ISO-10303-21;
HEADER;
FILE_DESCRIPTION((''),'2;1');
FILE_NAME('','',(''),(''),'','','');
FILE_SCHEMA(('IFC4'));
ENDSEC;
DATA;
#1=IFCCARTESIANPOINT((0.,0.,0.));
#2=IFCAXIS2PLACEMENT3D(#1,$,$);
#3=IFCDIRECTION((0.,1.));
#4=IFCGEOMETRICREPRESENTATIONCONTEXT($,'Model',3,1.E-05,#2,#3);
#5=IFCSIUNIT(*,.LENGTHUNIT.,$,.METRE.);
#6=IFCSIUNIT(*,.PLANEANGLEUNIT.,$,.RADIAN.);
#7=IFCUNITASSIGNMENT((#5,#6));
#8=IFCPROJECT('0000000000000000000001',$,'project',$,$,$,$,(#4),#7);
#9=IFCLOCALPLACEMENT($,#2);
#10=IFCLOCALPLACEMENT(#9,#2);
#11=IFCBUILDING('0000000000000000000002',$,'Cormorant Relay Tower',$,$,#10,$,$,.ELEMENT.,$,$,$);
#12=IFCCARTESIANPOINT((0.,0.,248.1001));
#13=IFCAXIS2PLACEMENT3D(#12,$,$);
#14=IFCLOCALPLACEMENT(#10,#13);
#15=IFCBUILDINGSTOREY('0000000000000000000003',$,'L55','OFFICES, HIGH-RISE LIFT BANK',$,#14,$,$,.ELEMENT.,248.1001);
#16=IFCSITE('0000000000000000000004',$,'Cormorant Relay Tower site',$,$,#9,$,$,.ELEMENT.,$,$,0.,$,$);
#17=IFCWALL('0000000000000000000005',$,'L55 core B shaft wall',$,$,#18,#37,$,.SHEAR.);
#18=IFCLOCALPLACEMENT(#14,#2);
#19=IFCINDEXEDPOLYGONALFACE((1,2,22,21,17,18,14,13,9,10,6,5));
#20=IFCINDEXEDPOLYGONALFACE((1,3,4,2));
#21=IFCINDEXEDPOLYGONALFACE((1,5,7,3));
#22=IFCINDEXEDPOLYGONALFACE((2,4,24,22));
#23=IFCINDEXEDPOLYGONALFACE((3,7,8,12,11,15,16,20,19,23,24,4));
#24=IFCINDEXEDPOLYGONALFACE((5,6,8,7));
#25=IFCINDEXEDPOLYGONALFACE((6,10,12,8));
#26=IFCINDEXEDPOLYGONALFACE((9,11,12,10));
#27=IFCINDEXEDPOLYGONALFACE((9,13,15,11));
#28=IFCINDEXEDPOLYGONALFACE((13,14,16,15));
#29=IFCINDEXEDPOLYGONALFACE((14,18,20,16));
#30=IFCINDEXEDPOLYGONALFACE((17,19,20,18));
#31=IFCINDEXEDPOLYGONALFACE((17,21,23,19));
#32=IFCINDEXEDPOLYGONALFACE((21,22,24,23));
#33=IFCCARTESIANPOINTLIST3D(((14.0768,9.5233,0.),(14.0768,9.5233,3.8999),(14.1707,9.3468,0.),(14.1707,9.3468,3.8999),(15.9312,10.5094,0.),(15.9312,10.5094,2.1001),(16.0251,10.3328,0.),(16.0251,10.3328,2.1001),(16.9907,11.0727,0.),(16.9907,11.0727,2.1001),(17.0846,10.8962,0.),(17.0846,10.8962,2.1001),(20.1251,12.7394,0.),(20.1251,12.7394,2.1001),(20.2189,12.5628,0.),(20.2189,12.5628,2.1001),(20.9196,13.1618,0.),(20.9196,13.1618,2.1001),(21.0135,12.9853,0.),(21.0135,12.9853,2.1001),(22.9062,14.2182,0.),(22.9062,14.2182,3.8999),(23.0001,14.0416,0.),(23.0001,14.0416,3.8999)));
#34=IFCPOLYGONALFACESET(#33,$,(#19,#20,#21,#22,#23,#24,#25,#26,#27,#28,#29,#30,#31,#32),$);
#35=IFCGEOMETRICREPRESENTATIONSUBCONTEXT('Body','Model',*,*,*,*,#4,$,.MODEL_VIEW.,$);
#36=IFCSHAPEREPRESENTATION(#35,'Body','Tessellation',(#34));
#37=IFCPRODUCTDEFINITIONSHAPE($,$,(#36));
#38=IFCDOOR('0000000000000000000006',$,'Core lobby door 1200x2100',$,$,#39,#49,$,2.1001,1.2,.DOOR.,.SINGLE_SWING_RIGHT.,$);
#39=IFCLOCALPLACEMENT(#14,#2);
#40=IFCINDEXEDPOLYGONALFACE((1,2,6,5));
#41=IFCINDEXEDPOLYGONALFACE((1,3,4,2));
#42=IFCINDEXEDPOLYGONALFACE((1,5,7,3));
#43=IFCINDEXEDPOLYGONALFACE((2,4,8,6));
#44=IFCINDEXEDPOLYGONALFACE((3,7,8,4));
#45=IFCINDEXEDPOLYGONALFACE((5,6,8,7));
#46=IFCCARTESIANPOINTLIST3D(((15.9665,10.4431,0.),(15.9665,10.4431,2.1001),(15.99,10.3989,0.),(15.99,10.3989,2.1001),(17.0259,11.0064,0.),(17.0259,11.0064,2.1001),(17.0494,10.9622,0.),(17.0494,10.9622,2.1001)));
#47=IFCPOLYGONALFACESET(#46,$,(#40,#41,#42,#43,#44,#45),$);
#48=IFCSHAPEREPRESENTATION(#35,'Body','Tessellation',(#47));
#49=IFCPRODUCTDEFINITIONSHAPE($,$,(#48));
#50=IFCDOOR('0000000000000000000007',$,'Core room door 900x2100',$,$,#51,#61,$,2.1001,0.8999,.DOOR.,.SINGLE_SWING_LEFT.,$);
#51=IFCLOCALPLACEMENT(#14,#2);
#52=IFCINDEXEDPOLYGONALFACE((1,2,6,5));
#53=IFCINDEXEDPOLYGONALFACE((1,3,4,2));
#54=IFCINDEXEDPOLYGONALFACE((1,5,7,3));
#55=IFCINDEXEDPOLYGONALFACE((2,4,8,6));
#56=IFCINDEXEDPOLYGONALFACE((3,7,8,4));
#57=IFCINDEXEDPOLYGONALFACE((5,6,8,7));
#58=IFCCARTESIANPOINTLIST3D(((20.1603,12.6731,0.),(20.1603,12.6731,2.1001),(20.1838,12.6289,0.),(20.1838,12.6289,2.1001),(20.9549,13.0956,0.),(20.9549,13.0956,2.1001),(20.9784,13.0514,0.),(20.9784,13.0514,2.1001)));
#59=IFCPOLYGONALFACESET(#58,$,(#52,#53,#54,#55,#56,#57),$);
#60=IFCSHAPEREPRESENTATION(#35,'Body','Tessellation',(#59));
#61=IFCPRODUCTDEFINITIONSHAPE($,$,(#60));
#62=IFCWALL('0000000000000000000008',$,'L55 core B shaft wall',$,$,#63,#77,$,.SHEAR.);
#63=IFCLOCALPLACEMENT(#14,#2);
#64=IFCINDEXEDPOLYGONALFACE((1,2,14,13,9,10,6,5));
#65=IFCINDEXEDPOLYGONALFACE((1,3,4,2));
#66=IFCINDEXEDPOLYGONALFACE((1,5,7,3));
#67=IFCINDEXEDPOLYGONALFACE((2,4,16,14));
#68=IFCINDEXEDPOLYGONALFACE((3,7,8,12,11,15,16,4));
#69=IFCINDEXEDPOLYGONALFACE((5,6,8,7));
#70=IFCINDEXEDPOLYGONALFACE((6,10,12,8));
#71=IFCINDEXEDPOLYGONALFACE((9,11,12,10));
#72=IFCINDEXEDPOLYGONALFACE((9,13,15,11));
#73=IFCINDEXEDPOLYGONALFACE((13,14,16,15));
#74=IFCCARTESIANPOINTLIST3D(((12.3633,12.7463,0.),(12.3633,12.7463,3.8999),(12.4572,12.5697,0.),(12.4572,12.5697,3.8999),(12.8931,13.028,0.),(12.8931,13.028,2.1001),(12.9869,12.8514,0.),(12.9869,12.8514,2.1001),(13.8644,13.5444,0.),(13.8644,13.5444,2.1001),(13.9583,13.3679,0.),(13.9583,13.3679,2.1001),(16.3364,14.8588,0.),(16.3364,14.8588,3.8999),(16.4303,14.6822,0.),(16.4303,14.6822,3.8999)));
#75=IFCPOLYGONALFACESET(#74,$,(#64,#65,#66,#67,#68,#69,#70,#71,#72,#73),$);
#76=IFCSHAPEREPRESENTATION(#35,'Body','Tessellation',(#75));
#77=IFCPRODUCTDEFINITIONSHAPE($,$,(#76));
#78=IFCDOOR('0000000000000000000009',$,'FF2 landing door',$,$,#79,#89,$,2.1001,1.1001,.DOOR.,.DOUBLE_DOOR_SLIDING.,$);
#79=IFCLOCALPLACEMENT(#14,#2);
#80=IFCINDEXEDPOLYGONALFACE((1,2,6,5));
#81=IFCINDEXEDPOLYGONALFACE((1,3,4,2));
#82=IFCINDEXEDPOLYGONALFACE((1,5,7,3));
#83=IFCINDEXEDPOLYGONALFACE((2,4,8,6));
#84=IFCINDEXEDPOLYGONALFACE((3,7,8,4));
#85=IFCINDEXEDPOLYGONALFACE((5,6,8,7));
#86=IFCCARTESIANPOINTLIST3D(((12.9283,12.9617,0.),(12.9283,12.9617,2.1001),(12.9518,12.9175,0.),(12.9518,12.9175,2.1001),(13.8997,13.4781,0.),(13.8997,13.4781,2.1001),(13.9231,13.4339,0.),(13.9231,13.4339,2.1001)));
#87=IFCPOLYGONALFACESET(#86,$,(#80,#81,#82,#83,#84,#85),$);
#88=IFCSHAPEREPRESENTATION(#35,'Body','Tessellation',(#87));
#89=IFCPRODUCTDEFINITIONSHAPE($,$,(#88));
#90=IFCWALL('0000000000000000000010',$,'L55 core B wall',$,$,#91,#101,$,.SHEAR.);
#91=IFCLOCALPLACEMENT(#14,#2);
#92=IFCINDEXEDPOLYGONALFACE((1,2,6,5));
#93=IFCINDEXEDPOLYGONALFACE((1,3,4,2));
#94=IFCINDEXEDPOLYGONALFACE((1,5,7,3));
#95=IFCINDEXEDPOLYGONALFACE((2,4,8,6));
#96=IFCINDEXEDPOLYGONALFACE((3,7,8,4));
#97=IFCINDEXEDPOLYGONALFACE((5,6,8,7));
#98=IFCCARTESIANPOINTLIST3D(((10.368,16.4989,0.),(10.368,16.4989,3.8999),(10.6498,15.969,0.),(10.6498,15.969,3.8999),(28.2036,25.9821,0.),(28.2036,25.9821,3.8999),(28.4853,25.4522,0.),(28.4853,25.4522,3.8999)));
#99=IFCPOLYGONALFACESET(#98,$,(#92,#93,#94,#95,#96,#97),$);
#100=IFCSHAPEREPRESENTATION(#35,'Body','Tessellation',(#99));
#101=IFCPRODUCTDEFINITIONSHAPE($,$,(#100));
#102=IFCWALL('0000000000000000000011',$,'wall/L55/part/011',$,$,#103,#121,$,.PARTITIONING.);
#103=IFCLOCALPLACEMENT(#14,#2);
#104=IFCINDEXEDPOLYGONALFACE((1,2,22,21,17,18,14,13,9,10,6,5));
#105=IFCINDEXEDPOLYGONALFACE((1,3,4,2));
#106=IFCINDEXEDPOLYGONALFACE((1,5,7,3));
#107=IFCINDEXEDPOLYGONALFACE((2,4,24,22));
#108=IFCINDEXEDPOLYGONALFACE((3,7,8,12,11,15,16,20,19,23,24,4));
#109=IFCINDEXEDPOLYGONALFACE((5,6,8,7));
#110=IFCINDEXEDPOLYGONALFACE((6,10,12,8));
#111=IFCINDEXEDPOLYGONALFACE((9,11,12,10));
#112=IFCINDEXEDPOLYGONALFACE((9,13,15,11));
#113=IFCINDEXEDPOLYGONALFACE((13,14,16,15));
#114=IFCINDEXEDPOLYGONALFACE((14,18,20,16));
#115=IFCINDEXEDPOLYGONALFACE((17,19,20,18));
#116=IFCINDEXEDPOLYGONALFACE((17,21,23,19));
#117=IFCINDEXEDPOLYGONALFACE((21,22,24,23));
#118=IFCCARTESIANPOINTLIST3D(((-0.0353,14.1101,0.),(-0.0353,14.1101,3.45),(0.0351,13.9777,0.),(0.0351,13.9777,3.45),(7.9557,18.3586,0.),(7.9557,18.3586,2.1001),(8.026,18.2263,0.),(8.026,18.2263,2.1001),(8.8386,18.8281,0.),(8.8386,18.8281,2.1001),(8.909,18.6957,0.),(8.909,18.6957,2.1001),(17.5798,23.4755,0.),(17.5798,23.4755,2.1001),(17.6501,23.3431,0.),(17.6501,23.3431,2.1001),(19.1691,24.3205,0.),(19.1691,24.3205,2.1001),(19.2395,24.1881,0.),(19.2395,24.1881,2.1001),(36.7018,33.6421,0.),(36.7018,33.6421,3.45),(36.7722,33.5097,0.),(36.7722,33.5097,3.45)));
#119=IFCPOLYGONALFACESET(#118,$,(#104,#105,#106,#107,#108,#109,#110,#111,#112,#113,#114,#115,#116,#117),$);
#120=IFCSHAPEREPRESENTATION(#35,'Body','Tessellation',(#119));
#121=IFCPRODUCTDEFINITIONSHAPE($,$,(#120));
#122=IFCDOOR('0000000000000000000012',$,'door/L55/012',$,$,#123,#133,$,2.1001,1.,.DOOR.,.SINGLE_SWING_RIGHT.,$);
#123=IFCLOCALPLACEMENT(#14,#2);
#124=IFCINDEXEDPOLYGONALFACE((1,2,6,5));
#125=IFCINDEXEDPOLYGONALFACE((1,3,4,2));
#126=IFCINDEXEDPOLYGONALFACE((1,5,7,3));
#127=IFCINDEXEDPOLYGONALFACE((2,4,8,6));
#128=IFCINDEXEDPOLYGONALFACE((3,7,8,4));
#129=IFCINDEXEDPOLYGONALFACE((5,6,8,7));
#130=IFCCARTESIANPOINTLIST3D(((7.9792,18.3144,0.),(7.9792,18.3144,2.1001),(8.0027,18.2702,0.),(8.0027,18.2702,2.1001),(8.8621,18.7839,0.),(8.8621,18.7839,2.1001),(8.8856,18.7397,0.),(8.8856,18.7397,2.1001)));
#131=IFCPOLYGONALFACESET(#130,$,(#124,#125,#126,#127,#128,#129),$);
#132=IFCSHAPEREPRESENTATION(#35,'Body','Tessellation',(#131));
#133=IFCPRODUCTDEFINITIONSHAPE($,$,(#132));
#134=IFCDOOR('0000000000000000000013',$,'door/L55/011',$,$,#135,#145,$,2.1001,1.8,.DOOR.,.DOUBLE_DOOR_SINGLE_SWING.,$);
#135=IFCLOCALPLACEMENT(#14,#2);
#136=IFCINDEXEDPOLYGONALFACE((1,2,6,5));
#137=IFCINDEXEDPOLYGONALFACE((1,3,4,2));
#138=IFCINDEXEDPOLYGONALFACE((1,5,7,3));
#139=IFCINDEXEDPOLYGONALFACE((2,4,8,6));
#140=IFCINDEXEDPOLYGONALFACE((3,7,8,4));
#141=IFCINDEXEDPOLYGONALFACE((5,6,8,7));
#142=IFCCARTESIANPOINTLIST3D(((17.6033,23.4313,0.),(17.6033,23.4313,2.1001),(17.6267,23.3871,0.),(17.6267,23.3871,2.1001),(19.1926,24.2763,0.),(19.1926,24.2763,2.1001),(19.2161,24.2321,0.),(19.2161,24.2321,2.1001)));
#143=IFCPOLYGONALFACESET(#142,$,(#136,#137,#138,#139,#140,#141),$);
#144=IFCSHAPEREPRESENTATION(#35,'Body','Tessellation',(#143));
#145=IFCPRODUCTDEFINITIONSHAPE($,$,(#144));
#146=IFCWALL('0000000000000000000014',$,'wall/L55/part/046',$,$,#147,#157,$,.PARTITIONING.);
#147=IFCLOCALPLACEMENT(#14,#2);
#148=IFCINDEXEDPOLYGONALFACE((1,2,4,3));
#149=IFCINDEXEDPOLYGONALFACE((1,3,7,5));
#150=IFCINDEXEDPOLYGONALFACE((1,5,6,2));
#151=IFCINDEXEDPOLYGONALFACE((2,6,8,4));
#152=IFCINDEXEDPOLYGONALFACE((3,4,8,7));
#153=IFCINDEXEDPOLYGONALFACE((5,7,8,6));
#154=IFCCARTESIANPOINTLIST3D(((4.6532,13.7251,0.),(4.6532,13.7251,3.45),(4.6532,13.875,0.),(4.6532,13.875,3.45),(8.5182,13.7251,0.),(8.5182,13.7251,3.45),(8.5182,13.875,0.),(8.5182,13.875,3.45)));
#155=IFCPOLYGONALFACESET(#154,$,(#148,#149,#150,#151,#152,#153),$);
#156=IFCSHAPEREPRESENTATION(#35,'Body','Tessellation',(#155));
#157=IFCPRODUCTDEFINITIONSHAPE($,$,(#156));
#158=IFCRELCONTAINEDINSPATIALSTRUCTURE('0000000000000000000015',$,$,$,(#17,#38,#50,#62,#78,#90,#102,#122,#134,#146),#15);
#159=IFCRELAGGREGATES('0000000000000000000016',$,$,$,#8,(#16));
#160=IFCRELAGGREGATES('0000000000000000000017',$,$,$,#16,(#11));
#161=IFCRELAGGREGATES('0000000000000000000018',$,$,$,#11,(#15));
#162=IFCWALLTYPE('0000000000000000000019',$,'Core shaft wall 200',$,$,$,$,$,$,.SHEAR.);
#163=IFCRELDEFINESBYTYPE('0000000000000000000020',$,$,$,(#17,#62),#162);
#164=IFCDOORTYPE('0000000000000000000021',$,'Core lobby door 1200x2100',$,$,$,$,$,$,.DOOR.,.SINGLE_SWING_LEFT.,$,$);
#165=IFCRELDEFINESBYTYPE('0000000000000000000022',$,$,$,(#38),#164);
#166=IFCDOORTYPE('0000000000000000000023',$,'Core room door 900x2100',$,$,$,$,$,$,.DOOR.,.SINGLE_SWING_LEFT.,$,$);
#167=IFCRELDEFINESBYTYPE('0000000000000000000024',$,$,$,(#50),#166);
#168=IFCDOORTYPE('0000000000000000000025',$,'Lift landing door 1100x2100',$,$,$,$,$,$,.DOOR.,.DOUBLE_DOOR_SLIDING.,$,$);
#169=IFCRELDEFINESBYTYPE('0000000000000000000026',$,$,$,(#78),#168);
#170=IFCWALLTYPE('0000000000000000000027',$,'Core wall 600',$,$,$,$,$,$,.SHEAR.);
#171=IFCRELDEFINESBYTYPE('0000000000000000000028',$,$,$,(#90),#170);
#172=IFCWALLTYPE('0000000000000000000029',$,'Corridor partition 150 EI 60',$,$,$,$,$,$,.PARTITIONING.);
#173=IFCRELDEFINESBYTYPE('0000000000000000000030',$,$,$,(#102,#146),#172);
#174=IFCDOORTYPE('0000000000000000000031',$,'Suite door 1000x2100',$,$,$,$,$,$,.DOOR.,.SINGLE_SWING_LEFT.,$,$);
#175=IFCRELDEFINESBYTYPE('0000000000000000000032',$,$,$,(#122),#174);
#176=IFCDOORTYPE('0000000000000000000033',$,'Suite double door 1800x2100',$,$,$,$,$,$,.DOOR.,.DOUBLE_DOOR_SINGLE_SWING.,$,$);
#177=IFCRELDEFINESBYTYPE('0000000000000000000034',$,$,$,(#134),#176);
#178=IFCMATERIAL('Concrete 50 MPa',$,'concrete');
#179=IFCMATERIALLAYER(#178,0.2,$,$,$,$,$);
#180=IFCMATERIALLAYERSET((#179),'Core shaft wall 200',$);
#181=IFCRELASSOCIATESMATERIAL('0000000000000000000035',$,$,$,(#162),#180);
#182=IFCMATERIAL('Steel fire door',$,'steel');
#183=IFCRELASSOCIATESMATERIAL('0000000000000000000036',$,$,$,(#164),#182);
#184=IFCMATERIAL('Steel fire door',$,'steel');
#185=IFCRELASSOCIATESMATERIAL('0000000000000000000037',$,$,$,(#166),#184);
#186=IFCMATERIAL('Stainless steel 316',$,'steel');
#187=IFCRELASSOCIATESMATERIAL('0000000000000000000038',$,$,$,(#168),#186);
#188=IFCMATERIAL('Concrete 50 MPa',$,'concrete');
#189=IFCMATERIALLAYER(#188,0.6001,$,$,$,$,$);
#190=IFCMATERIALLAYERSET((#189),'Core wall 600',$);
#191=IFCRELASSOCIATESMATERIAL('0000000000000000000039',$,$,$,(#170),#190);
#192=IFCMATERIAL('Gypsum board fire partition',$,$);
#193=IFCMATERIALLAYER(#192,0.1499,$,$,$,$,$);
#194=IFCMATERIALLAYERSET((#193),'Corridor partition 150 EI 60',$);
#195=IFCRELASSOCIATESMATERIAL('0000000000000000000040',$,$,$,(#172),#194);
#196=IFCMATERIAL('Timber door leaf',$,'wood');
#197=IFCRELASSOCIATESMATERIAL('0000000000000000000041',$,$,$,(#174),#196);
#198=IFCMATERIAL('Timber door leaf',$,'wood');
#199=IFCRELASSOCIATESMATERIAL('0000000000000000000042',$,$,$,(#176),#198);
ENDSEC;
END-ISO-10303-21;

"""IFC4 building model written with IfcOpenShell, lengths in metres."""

from ifc_helpers import new_model, si_unit, direction, frame, frame_2d, origin, place, context, subcontext, project, spatial, rectangle, extrude, material, layer, layer_set, type_object, element, fill, save


model = new_model("IFC4")

# Units and contexts
model_context = context("Model", 3, precision=1e-05, world=origin(), true_north=direction((0.0, 1.0)))
body_context = subcontext(model_context, "Body", "Model", "MODEL_VIEW")
ifc_project = project(units=[si_unit("LENGTHUNIT", "METRE"), si_unit("PLANEANGLEUNIT", "RADIAN")], contexts=[model_context])

# Site, building, storey
site_placement = place(None, origin())
site = spatial("IfcSite", under=ifc_project, at=site_placement, Name="Cormorant Relay Tower site", CompositionType="ELEMENT", RefElevation=0.0)
building_placement = place(site_placement, origin())
building = spatial("IfcBuilding", under=site, at=building_placement, Name="Cormorant Relay Tower", CompositionType="ELEMENT")
storey_placement = place(building_placement, frame((0.0, 0.0, 248.1001)))
storey = spatial("IfcBuildingStorey", under=building, at=storey_placement, Name="L55", Description="OFFICES, HIGH-RISE LIFT BANK", CompositionType="ELEMENT", Elevation=248.1001)

# Shared definitions
ifc_material_1 = material(Name="Concrete 50 MPa", Category="concrete")
ifc_layer_1 = layer(ifc_material_1, 0.2)
ifc_layer_set_1 = layer_set([ifc_layer_1], Name="Core shaft wall 200")
wall_type_1 = type_object("IfcWallType", Name="Core shaft wall 200", PredefinedType="SHEAR", material=ifc_layer_set_1)

# Wall, openings, doors
wall_1_placement = place(storey_placement, frame((14.1238, 9.4351, 0.0), z_axis=(0.0, 0.0, 1.0), x_axis=(0.88294, 0.469485, 0.0)))
wall_1 = element("IfcWall", 1, at=wall_1_placement, inside=storey, type_object=wall_type_1, Name="L55 core B shaft wall", PredefinedType="SHEAR", context=body_context, shape_type="SweptSolid", body=[
    extrude(rectangle(XDim=10.0, YDim=0.2, at=frame_2d((5.0, 0.0))), origin(), (0.0, 0.0, 1.0), 3.8999),
])
opening_1_placement = place(wall_1_placement, frame((2.1001, 0.0, 0.0)))
opening_1 = element("IfcOpeningElement", 2, at=opening_1_placement, cuts=wall_1, PredefinedType="OPENING", context=body_context, shape_type="SweptSolid", body=[
    extrude(rectangle(XDim=1.2, YDim=2.1001, at=frame_2d((0.6001, 1.05))), frame((0.0, 0.1099, 0.0), z_axis=(0.0, -1.0, 0.0), x_axis=(1.0, 0.0, 0.0)), (0.0, 0.0, 1.0), 0.22),
])
opening_2_placement = place(wall_1_placement, frame((6.8501, 0.0, 0.0)))
opening_2 = element("IfcOpeningElement", 3, at=opening_2_placement, cuts=wall_1, PredefinedType="OPENING", context=body_context, shape_type="SweptSolid", body=[
    extrude(rectangle(XDim=0.8999, YDim=2.1001, at=frame_2d((0.45, 1.05))), frame((0.0, 0.1099, 0.0), z_axis=(0.0, -1.0, 0.0), x_axis=(1.0, 0.0, 0.0)), (0.0, 0.0, 1.0), 0.22),
])
ifc_material_2 = material(Name="Steel fire door", Category="steel")
door_type_1 = type_object("IfcDoorType", Name="Core lobby door 1200x2100", OperationType="SINGLE_SWING_LEFT", PredefinedType="DOOR", material=ifc_material_2)
door_1_placement = place(opening_1_placement, origin())
door_1 = element("IfcDoor", 4, at=door_1_placement, inside=storey, type_object=door_type_1, Name="Core lobby door 1200x2100", OperationType="SINGLE_SWING_RIGHT", OverallHeight=2.1001, OverallWidth=1.2, PredefinedType="DOOR", context=body_context, shape_type="SweptSolid", body=[
    extrude(rectangle(XDim=1.2, YDim=2.1001, at=frame_2d((0.6001, 1.05))), frame((0.0, 0.0249, 0.0), z_axis=(0.0, -1.0, 0.0), x_axis=(1.0, 0.0, 0.0)), (0.0, 0.0, 1.0), 0.05),
])
fill(opening_1, door_1)
ifc_material_3 = material(Name="Steel fire door", Category="steel")
door_type_2 = type_object("IfcDoorType", Name="Core room door 900x2100", OperationType="SINGLE_SWING_LEFT", PredefinedType="DOOR", material=ifc_material_3)
door_2_placement = place(opening_2_placement, origin())
door_2 = element("IfcDoor", 5, at=door_2_placement, inside=storey, type_object=door_type_2, Name="Core room door 900x2100", OperationType="SINGLE_SWING_LEFT", OverallHeight=2.1001, OverallWidth=0.8999, PredefinedType="DOOR", context=body_context, shape_type="SweptSolid", body=[
    extrude(rectangle(XDim=0.8999, YDim=2.1001, at=frame_2d((0.45, 1.05))), frame((0.0, 0.0249, 0.0), z_axis=(0.0, -1.0, 0.0), x_axis=(1.0, 0.0, 0.0)), (0.0, 0.0, 1.0), 0.05),
])
fill(opening_2, door_2)

# Wall, opening, door
wall_2_placement = place(storey_placement, frame((12.4102, 12.658, 0.0), z_axis=(0.0, 0.0, 1.0), x_axis=(0.882948, 0.46947, 0.0)))
wall_2 = element("IfcWall", 6, at=wall_2_placement, inside=storey, type_object=wall_type_1, Name="L55 core B shaft wall", PredefinedType="SHEAR", context=body_context, shape_type="SweptSolid", body=[
    extrude(rectangle(XDim=4.4998, YDim=0.2, at=frame_2d((2.25, 0.0))), origin(), (0.0, 0.0, 1.0), 3.8999),
])
opening_3_placement = place(wall_2_placement, frame((0.6001, 0.0, 0.0)))
opening_3 = element("IfcOpeningElement", 7, at=opening_3_placement, cuts=wall_2, PredefinedType="OPENING", context=body_context, shape_type="SweptSolid", body=[
    extrude(rectangle(XDim=1.1001, YDim=2.1001, at=frame_2d((0.55, 1.05))), frame((0.0, 0.1099, 0.0), z_axis=(0.0, -1.0, 0.0), x_axis=(1.0, 0.0, 0.0)), (0.0, 0.0, 1.0), 0.22),
])
ifc_material_4 = material(Name="Stainless steel 316", Category="steel")
door_type_3 = type_object("IfcDoorType", Name="Lift landing door 1100x2100", OperationType="DOUBLE_DOOR_SLIDING", PredefinedType="DOOR", material=ifc_material_4)
door_3_placement = place(opening_3_placement, origin())
door_3 = element("IfcDoor", 8, at=door_3_placement, inside=storey, type_object=door_type_3, Name="FF2 landing door", OperationType="DOUBLE_DOOR_SLIDING", OverallHeight=2.1001, OverallWidth=1.1001, PredefinedType="DOOR", context=body_context, shape_type="SweptSolid", body=[
    extrude(rectangle(XDim=1.1001, YDim=2.1001, at=frame_2d((0.55, 1.05))), frame((0.0, 0.0249, 0.0), z_axis=(0.0, -1.0, 0.0), x_axis=(1.0, 0.0, 0.0)), (0.0, 0.0, 1.0), 0.05),
])
fill(opening_3, door_3)

# Wall
ifc_material_5 = material(Name="Concrete 50 MPa", Category="concrete")
ifc_layer_2 = layer(ifc_material_5, 0.6001)
ifc_layer_set_2 = layer_set([ifc_layer_2], Name="Core wall 600")
wall_type_2 = type_object("IfcWallType", Name="Core wall 600", PredefinedType="SHEAR", material=ifc_layer_set_2)
wall_3_placement = place(storey_placement, frame((10.5088, 16.2339, 0.0), z_axis=(0.0, 0.0, 1.0), x_axis=(0.88295, 0.469467, 0.0)))
element("IfcWall", 9, at=wall_3_placement, inside=storey, type_object=wall_type_2, Name="L55 core B wall", PredefinedType="SHEAR", context=body_context, shape_type="SweptSolid", body=[
    extrude(rectangle(XDim=20.2, YDim=0.6001, at=frame_2d((10.1001, 0.0))), origin(), (0.0, 0.0, 1.0), 3.8999),
])

# Wall, openings, doors
ifc_material_6 = material(Name="Gypsum board fire partition")
ifc_layer_3 = layer(ifc_material_6, 0.1499)
ifc_layer_set_3 = layer_set([ifc_layer_3], Name="Corridor partition 150 EI 60")
wall_type_3 = type_object("IfcWallType", Name="Corridor partition 150 EI 60", PredefinedType="PARTITIONING", material=ifc_layer_set_3)
wall_4_placement = place(storey_placement, frame((0.0, 14.0439, 0.0), z_axis=(0.0, 0.0, 1.0), x_axis=(0.882962, 0.469444, 0.0)))
wall_4 = element("IfcWall", 10, at=wall_4_placement, inside=storey, type_object=wall_type_3, Name="wall/L55/part/011", PredefinedType="PARTITIONING", context=body_context, shape_type="SweptSolid", body=[
    extrude(rectangle(XDim=41.6067, YDim=0.1499, at=frame_2d((20.8032, 0.0))), origin(), (0.0, 0.0, 1.0), 3.45),
])
opening_4_placement = place(wall_4_placement, frame((19.95, 0.0, 0.0)))
opening_4 = element("IfcOpeningElement", 11, at=opening_4_placement, cuts=wall_4, PredefinedType="OPENING", context=body_context, shape_type="SweptSolid", body=[
    extrude(rectangle(XDim=1.8, YDim=2.1001, at=frame_2d((0.8999, 1.05))), frame((0.0, 0.085, 0.0), z_axis=(0.0, -1.0, 0.0), x_axis=(1.0, 0.0, 0.0)), (0.0, 0.0, 1.0), 0.1699),
])
opening_5_placement = place(wall_4_placement, frame((9.05, 0.0, 0.0)))
opening_5 = element("IfcOpeningElement", 12, at=opening_5_placement, cuts=wall_4, PredefinedType="OPENING", context=body_context, shape_type="SweptSolid", body=[
    extrude(rectangle(XDim=1.0, YDim=2.1001, at=frame_2d((0.5, 1.05))), frame((0.0, 0.085, 0.0), z_axis=(0.0, -1.0, 0.0), x_axis=(1.0, 0.0, 0.0)), (0.0, 0.0, 1.0), 0.1699),
])
ifc_material_7 = material(Name="Timber door leaf", Category="wood")
door_type_4 = type_object("IfcDoorType", Name="Suite door 1000x2100", OperationType="SINGLE_SWING_LEFT", PredefinedType="DOOR", material=ifc_material_7)
door_4_placement = place(opening_5_placement, origin())
door_4 = element("IfcDoor", 13, at=door_4_placement, inside=storey, type_object=door_type_4, Name="door/L55/012", OperationType="SINGLE_SWING_RIGHT", OverallHeight=2.1001, OverallWidth=1.0, PredefinedType="DOOR", context=body_context, shape_type="SweptSolid", body=[
    extrude(rectangle(XDim=1.0, YDim=2.1001, at=frame_2d((0.5, 1.05))), frame((0.0, 0.0249, 0.0), z_axis=(0.0, -1.0, 0.0), x_axis=(1.0, 0.0, 0.0)), (0.0, 0.0, 1.0), 0.05),
])
fill(opening_5, door_4)
ifc_material_8 = material(Name="Timber door leaf", Category="wood")
door_type_5 = type_object("IfcDoorType", Name="Suite double door 1800x2100", OperationType="DOUBLE_DOOR_SINGLE_SWING", PredefinedType="DOOR", material=ifc_material_8)
door_5_placement = place(opening_4_placement, origin())
door_5 = element("IfcDoor", 14, at=door_5_placement, inside=storey, type_object=door_type_5, Name="door/L55/011", OperationType="DOUBLE_DOOR_SINGLE_SWING", OverallHeight=2.1001, OverallWidth=1.8, PredefinedType="DOOR", context=body_context, shape_type="SweptSolid", body=[
    extrude(rectangle(XDim=1.8, YDim=2.1001, at=frame_2d((0.8999, 1.05))), frame((0.0, 0.0249, 0.0), z_axis=(0.0, -1.0, 0.0), x_axis=(1.0, 0.0, 0.0)), (0.0, 0.0, 1.0), 0.05),
])
fill(opening_4, door_5)

# Wall
wall_5_placement = place(storey_placement, frame((4.6531, 13.8, 0.0), z_axis=(0.0, 0.0, 1.0), x_axis=(1.0, 0.0, 0.0)))
element("IfcWall", 15, at=wall_5_placement, inside=storey, type_object=wall_type_3, Name="wall/L55/part/046", PredefinedType="PARTITIONING", context=body_context, shape_type="SweptSolid", body=[
    extrude(rectangle(XDim=3.865, YDim=0.1499, at=frame_2d((1.9326, 0.0))), origin(), (0.0, 0.0, 1.0), 3.45),
])

save(model, "model.ifc")
